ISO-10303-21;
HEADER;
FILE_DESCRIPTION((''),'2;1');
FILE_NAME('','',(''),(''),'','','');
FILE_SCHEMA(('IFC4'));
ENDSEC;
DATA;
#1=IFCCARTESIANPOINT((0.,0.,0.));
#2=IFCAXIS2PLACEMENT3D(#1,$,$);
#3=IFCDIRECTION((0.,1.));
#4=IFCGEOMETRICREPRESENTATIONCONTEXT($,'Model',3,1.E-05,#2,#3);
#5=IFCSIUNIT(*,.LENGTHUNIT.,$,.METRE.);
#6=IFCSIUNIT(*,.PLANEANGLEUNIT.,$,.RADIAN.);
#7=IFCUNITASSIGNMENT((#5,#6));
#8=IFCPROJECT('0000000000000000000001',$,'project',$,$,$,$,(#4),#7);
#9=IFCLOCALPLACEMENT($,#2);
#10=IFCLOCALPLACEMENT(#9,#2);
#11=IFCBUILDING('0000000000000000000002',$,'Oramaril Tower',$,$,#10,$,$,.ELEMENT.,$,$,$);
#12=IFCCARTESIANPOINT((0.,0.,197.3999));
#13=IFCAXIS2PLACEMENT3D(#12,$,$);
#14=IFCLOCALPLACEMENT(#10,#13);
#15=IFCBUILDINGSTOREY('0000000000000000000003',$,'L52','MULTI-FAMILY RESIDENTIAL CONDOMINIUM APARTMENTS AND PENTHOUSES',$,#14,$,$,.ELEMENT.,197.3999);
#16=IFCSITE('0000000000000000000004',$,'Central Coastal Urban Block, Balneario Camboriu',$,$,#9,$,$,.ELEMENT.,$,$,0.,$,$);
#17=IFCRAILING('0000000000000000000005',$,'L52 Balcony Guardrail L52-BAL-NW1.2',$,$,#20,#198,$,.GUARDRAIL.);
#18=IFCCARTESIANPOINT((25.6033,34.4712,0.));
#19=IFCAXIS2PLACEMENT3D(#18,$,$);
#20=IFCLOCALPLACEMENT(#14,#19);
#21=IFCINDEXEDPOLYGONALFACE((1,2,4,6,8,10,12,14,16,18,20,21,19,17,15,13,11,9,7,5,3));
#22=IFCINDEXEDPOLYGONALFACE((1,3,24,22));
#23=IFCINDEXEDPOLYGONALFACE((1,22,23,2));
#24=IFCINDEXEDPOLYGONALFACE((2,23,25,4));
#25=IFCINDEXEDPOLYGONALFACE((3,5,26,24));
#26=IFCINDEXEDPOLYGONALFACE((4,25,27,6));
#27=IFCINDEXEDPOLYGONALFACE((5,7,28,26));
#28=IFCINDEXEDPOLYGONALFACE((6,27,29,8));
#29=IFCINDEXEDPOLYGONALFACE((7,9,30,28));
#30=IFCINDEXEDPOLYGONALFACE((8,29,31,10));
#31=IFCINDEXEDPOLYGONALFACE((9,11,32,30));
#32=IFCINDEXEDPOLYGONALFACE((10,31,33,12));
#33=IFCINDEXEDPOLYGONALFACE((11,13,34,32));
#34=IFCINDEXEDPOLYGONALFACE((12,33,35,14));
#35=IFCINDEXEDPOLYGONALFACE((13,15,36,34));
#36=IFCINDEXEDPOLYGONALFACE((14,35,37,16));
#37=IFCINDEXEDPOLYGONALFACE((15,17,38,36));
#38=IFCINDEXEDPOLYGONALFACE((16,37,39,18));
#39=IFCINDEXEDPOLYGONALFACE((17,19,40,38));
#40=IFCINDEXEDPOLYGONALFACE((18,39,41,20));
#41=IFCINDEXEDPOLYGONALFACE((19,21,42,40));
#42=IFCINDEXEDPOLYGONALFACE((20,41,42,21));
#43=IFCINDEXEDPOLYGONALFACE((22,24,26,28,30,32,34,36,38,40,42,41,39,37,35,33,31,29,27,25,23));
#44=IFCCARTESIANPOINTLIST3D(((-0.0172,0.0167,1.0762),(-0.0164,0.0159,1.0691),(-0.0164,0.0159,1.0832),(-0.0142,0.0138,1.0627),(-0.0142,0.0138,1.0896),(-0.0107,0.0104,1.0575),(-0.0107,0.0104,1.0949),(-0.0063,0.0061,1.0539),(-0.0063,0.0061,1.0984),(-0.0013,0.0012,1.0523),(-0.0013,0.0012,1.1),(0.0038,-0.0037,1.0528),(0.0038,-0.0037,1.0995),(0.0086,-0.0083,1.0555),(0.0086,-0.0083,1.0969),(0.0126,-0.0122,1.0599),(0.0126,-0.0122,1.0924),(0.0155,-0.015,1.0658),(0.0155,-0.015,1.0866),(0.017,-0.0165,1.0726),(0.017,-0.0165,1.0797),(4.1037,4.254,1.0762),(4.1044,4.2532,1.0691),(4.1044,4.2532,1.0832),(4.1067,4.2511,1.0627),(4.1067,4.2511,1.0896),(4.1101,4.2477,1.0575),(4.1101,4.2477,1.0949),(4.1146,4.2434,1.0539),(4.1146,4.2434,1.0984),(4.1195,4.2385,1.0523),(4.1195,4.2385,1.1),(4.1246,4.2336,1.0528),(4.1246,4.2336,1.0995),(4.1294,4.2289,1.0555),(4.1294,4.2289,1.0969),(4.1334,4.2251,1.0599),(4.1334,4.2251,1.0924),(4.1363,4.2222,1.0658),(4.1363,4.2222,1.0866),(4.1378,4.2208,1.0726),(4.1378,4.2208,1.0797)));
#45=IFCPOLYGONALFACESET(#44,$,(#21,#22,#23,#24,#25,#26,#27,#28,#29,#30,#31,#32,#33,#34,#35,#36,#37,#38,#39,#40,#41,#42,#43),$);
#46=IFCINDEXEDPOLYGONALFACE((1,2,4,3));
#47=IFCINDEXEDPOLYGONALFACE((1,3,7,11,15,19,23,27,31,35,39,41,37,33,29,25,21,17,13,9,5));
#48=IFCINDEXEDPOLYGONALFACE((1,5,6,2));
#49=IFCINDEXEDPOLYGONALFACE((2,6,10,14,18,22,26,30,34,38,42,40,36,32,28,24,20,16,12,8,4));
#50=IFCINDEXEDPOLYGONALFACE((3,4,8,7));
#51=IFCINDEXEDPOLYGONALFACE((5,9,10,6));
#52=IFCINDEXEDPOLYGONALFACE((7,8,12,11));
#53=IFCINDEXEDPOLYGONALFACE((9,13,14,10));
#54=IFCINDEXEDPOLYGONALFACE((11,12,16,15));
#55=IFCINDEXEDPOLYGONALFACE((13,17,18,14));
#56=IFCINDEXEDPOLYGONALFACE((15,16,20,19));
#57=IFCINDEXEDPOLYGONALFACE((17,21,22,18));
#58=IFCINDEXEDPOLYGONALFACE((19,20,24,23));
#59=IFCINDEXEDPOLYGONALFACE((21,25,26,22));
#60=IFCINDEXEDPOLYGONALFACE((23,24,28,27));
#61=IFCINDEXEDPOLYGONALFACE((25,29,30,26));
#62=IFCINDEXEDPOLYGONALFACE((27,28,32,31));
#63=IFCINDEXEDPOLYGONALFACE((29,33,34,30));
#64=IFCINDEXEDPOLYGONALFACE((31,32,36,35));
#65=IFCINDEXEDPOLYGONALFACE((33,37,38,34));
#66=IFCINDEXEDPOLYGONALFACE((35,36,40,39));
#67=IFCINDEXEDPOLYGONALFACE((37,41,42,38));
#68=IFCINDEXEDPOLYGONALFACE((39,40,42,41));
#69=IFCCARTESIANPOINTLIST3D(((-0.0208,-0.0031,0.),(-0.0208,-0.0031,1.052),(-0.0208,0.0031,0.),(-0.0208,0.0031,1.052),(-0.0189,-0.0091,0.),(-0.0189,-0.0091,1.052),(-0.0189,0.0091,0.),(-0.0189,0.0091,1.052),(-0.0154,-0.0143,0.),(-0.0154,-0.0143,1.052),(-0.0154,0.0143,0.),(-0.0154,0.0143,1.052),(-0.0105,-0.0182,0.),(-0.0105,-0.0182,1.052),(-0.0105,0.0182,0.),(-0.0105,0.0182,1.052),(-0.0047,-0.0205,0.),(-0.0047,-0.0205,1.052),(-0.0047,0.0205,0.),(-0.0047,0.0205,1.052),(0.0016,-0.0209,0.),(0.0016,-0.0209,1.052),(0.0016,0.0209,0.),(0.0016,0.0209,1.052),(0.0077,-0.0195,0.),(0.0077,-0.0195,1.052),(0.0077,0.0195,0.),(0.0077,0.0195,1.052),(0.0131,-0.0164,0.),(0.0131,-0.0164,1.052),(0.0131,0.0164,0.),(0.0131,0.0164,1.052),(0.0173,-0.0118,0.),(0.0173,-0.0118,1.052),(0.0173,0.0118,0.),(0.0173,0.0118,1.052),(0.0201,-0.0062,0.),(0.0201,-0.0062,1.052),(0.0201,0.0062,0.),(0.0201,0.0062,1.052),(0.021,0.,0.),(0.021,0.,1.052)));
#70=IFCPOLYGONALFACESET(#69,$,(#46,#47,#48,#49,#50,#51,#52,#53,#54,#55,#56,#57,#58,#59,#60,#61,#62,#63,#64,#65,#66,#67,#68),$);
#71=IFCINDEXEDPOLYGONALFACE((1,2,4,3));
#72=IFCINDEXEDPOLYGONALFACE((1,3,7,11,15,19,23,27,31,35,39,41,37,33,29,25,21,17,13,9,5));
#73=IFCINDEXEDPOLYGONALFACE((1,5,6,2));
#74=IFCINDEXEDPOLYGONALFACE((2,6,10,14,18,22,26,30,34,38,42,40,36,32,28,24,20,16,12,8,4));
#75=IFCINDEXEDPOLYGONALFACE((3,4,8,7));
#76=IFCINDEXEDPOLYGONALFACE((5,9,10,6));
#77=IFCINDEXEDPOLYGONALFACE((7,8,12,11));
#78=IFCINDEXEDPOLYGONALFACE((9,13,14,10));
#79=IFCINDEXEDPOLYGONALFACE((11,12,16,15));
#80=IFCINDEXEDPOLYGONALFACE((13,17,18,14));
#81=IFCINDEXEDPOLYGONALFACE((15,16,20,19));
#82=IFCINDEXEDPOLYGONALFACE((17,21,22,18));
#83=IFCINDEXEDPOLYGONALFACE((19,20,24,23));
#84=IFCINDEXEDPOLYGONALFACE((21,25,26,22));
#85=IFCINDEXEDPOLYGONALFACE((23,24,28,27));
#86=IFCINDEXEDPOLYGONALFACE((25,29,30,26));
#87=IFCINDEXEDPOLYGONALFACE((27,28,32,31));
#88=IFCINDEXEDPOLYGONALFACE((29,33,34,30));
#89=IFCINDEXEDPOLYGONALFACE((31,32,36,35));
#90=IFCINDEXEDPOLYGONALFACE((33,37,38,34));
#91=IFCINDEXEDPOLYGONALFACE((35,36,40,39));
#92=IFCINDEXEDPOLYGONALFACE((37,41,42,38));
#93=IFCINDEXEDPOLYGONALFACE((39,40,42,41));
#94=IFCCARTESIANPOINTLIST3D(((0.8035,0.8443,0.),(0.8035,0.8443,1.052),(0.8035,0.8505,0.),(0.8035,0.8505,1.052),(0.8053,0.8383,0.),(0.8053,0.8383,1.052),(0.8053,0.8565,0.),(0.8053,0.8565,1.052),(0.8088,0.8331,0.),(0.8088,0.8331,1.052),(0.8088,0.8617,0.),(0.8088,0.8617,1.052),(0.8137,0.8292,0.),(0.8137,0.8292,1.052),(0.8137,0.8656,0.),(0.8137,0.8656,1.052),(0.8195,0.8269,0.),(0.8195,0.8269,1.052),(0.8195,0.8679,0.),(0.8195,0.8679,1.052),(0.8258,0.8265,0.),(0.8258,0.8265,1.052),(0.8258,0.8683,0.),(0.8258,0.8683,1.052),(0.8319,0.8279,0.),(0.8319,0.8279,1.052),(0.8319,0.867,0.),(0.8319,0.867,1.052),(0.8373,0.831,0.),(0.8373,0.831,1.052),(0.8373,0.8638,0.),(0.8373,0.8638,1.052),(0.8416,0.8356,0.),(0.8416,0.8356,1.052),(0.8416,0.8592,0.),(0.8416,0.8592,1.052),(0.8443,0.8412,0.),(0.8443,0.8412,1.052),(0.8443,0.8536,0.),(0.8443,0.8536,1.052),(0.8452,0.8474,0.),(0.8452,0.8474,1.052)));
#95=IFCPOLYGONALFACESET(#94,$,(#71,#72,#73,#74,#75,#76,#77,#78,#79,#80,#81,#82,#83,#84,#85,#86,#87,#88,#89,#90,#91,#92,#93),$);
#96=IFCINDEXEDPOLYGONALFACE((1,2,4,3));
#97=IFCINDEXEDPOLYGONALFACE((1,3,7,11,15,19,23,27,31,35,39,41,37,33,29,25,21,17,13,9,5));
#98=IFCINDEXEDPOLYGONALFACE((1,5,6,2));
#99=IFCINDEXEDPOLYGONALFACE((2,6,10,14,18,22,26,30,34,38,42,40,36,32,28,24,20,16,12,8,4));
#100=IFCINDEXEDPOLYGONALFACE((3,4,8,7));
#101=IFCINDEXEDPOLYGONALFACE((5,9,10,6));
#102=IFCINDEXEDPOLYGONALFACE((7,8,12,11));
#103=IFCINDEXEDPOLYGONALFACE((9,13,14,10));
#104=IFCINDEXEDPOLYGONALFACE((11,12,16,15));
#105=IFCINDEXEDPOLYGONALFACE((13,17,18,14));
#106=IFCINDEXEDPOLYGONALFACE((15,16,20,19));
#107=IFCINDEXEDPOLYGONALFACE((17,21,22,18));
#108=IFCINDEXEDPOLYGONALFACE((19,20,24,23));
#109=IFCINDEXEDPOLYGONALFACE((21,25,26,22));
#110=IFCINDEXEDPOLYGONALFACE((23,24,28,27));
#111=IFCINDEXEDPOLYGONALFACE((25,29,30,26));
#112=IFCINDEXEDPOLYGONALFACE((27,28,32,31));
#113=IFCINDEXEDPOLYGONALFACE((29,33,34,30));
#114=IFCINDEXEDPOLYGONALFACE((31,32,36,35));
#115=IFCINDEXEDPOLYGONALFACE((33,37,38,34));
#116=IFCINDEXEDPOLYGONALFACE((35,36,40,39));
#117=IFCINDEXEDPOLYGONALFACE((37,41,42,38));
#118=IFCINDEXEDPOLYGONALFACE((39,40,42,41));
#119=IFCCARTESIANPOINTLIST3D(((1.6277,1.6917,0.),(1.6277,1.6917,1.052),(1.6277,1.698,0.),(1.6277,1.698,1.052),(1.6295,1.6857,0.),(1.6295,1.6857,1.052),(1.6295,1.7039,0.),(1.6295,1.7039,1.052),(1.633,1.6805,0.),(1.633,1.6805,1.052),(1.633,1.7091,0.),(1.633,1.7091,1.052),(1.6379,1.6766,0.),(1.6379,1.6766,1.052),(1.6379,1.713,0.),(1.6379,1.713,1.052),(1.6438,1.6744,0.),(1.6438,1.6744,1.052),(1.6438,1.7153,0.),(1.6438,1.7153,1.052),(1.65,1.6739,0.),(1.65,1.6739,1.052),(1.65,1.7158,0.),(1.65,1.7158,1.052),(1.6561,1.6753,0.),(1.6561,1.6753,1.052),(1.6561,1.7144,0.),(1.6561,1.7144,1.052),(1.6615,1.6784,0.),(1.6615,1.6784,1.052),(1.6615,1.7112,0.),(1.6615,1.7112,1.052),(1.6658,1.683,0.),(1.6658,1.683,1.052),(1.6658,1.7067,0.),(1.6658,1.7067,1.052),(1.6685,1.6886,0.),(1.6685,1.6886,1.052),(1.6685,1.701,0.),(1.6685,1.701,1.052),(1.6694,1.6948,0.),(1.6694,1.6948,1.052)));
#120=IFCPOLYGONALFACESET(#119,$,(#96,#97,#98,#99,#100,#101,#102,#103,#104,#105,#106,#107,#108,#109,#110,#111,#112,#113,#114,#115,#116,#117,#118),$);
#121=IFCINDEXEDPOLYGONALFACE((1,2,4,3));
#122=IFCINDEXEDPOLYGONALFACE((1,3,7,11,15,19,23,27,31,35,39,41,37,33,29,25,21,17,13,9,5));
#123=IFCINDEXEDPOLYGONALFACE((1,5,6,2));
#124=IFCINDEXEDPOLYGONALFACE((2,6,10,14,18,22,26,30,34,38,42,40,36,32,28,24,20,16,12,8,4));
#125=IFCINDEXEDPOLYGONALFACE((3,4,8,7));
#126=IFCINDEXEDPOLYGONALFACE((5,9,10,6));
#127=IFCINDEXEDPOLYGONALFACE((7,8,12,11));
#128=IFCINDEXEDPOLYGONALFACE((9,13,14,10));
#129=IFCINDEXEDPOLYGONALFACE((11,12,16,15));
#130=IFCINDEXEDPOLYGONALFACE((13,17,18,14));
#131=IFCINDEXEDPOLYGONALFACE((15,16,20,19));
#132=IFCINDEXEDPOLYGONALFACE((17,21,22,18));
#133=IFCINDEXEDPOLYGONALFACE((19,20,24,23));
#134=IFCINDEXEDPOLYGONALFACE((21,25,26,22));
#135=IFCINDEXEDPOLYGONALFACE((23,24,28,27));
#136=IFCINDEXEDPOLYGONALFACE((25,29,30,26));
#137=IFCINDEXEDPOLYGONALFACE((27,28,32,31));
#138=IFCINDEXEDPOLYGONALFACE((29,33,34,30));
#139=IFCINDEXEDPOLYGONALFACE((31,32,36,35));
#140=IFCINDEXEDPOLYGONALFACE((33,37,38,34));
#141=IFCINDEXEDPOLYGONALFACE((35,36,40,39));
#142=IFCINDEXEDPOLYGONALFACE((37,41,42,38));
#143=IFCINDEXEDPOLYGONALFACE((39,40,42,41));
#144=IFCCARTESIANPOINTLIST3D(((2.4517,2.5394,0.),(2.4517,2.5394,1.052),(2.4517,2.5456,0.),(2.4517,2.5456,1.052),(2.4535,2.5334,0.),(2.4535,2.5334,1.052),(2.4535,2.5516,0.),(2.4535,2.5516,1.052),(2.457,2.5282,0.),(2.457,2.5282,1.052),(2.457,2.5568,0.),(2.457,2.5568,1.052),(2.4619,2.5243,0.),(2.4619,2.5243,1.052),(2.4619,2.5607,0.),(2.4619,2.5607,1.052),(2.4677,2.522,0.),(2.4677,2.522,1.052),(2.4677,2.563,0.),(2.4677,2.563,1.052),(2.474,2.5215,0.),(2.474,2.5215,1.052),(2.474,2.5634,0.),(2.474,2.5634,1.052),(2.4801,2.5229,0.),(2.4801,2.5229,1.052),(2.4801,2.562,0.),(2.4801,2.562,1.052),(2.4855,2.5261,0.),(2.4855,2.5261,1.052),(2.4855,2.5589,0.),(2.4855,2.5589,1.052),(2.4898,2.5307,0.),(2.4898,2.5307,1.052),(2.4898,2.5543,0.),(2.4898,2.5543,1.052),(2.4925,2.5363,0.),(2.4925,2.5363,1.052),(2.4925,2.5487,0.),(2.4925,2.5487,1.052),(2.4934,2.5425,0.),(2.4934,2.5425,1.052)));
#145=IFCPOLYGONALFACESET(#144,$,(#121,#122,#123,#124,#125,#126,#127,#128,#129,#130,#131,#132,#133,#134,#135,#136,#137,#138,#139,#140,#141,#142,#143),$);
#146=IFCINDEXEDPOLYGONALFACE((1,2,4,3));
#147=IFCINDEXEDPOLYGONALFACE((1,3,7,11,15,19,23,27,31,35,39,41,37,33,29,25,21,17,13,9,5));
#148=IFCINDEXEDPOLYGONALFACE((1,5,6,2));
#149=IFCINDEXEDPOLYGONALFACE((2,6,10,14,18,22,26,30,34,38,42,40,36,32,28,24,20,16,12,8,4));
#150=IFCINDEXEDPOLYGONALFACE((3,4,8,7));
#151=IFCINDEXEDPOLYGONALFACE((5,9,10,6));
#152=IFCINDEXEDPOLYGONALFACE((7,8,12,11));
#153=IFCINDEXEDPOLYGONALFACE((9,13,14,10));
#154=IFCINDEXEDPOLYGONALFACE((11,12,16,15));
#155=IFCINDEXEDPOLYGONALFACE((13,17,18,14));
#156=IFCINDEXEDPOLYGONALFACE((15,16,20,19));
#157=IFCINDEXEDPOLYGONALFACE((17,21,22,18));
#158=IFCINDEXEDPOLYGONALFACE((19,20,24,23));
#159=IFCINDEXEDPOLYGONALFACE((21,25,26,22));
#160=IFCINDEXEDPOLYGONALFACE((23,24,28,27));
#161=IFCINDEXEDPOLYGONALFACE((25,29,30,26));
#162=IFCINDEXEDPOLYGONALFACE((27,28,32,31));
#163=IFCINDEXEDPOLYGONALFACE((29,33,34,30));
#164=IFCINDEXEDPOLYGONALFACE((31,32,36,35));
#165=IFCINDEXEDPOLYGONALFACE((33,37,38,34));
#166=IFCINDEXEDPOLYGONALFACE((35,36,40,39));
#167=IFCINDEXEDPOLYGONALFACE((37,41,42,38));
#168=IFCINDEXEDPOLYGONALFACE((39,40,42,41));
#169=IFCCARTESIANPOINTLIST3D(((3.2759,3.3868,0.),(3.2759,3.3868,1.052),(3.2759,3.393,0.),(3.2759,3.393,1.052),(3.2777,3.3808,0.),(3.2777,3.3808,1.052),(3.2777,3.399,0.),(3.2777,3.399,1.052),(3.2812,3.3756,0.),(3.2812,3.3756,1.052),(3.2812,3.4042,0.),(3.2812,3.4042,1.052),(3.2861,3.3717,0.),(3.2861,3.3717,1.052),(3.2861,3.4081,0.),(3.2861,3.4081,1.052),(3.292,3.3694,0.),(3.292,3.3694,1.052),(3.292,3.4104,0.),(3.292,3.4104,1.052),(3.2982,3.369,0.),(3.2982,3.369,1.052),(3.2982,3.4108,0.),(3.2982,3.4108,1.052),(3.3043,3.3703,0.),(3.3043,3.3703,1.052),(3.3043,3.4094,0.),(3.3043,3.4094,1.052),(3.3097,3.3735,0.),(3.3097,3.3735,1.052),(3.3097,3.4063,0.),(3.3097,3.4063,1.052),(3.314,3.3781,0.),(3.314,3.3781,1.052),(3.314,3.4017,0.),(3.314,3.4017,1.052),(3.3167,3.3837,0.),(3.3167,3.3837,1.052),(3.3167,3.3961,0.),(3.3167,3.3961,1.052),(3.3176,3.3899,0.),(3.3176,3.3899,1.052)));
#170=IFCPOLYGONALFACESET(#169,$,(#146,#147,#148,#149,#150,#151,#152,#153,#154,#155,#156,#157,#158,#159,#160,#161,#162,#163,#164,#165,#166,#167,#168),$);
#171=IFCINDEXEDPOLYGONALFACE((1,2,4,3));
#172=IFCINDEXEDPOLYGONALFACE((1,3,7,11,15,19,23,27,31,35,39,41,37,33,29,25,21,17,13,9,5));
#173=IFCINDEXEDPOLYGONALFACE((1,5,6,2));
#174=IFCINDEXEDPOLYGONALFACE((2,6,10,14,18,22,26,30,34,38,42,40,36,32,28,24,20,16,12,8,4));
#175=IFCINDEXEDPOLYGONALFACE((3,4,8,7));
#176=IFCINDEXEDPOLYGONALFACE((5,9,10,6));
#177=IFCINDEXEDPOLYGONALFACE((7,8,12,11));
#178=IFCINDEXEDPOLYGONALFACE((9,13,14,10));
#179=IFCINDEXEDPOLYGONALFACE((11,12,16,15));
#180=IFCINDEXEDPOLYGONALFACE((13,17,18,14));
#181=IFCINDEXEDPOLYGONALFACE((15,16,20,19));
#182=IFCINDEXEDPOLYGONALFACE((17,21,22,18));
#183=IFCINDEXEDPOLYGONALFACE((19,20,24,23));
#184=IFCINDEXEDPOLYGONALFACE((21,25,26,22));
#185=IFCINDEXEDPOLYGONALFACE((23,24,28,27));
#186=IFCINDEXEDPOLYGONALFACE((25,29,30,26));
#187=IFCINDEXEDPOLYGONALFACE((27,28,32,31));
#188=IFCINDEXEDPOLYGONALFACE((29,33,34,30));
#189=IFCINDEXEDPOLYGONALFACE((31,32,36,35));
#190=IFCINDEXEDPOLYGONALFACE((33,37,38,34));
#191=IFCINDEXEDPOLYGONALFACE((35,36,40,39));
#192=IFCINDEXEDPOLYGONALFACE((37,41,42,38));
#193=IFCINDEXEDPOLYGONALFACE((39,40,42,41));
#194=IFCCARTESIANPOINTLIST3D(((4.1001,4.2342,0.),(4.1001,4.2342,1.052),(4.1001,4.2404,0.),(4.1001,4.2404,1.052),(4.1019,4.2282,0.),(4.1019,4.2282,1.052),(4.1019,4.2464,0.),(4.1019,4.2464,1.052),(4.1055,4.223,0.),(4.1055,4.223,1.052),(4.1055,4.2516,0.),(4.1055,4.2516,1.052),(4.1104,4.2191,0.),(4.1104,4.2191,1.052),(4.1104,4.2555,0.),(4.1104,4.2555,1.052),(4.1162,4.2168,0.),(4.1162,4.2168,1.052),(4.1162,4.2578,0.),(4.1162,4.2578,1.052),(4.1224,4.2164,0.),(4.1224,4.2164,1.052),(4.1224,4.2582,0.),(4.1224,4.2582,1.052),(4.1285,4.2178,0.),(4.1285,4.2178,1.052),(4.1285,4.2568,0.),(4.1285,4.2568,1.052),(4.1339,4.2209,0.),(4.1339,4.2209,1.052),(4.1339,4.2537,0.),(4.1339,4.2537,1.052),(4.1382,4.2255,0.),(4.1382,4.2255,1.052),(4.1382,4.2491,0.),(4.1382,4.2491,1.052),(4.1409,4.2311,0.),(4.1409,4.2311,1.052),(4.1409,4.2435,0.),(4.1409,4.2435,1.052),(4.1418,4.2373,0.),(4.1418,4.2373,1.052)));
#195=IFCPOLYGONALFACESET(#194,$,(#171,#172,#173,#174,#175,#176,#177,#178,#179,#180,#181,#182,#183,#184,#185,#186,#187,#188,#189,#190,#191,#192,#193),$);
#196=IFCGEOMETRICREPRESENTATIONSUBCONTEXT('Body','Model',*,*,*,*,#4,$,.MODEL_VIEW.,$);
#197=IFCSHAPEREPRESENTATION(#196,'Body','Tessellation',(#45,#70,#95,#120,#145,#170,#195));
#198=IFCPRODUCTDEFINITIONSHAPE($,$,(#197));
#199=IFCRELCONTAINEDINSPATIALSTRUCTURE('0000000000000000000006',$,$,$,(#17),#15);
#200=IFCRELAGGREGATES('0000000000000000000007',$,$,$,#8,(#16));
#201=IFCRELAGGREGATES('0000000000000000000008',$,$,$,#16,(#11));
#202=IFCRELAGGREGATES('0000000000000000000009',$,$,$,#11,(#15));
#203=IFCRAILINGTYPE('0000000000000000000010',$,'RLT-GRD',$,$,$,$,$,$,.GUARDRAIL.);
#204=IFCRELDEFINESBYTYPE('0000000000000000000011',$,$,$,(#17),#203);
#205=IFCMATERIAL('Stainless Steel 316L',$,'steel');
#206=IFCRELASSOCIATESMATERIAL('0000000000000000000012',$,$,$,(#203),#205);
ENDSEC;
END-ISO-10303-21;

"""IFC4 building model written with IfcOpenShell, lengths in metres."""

from ifc_helpers import new_model, si_unit, direction, frame, origin, origin_2d, place, context, subcontext, project, spatial, circle, extrude, material, type_object, element, save


model = new_model("IFC4")

# Units and contexts
model_context = context("Model", 3, precision=1e-05, world=origin(), true_north=direction((0.0, 1.0)))
body_context = subcontext(model_context, "Body", "Model", "MODEL_VIEW")
ifc_project = project(units=[si_unit("LENGTHUNIT", "METRE"), si_unit("PLANEANGLEUNIT", "RADIAN")], contexts=[model_context])

# Site, building, storey
site_placement = place(None, origin())
site = spatial("IfcSite", under=ifc_project, at=site_placement, Name="Central Coastal Urban Block, Balneario Camboriu", CompositionType="ELEMENT", RefElevation=0.0)
building_placement = place(site_placement, origin())
building = spatial("IfcBuilding", under=site, at=building_placement, Name="Oramaril Tower", CompositionType="ELEMENT")
storey_placement = place(building_placement, frame((0.0, 0.0, 197.3999)))
storey = spatial("IfcBuildingStorey", under=building, at=storey_placement, Name="L52", Description="MULTI-FAMILY RESIDENTIAL CONDOMINIUM APARTMENTS AND PENTHOUSES", CompositionType="ELEMENT", Elevation=197.3999)

# Railing
ifc_material_1 = material(Name="Stainless Steel 316L", Category="steel")
railing_type = type_object("IfcRailingType", Name="RLT-GRD", PredefinedType="GUARDRAIL", material=ifc_material_1)
railing_1_placement = place(storey_placement, frame((25.6033, 34.4712, 0.0)))
element("IfcRailing", 1, at=railing_1_placement, inside=storey, type_object=railing_type, Name="L52 Balcony Guardrail L52-BAL-NW1.2", PredefinedType="GUARDRAIL", context=body_context, shape_type="SweptSolid", body=[
    extrude(circle(Radius=0.0239, at=origin_2d()), frame((0.0, 0.0, 1.0762), z_axis=(0.697187, 0.716889, 0.0), x_axis=(-0.716889, 0.697187, 0.0)), (0.0, 0.0, 1.0), 5.9106),
    extrude(circle(Radius=0.021, at=origin_2d()), origin(), (0.0, 0.0, 1.0), 1.052),
    extrude(circle(Radius=0.021, at=origin_2d()), frame((0.8242, 0.8474, 0.0)), (0.0, 0.0, 1.0), 1.052),
    extrude(circle(Radius=0.021, at=origin_2d()), frame((1.6484, 1.6948, 0.0)), (0.0, 0.0, 1.0), 1.052),
    extrude(circle(Radius=0.021, at=origin_2d()), frame((2.4724, 2.5425, 0.0)), (0.0, 0.0, 1.0), 1.052),
    extrude(circle(Radius=0.021, at=origin_2d()), frame((3.2966, 3.3899, 0.0)), (0.0, 0.0, 1.0), 1.052),
    extrude(circle(Radius=0.021, at=origin_2d()), frame((4.1208, 4.2373, 0.0)), (0.0, 0.0, 1.0), 1.052),
])

save(model, "model.ifc")
